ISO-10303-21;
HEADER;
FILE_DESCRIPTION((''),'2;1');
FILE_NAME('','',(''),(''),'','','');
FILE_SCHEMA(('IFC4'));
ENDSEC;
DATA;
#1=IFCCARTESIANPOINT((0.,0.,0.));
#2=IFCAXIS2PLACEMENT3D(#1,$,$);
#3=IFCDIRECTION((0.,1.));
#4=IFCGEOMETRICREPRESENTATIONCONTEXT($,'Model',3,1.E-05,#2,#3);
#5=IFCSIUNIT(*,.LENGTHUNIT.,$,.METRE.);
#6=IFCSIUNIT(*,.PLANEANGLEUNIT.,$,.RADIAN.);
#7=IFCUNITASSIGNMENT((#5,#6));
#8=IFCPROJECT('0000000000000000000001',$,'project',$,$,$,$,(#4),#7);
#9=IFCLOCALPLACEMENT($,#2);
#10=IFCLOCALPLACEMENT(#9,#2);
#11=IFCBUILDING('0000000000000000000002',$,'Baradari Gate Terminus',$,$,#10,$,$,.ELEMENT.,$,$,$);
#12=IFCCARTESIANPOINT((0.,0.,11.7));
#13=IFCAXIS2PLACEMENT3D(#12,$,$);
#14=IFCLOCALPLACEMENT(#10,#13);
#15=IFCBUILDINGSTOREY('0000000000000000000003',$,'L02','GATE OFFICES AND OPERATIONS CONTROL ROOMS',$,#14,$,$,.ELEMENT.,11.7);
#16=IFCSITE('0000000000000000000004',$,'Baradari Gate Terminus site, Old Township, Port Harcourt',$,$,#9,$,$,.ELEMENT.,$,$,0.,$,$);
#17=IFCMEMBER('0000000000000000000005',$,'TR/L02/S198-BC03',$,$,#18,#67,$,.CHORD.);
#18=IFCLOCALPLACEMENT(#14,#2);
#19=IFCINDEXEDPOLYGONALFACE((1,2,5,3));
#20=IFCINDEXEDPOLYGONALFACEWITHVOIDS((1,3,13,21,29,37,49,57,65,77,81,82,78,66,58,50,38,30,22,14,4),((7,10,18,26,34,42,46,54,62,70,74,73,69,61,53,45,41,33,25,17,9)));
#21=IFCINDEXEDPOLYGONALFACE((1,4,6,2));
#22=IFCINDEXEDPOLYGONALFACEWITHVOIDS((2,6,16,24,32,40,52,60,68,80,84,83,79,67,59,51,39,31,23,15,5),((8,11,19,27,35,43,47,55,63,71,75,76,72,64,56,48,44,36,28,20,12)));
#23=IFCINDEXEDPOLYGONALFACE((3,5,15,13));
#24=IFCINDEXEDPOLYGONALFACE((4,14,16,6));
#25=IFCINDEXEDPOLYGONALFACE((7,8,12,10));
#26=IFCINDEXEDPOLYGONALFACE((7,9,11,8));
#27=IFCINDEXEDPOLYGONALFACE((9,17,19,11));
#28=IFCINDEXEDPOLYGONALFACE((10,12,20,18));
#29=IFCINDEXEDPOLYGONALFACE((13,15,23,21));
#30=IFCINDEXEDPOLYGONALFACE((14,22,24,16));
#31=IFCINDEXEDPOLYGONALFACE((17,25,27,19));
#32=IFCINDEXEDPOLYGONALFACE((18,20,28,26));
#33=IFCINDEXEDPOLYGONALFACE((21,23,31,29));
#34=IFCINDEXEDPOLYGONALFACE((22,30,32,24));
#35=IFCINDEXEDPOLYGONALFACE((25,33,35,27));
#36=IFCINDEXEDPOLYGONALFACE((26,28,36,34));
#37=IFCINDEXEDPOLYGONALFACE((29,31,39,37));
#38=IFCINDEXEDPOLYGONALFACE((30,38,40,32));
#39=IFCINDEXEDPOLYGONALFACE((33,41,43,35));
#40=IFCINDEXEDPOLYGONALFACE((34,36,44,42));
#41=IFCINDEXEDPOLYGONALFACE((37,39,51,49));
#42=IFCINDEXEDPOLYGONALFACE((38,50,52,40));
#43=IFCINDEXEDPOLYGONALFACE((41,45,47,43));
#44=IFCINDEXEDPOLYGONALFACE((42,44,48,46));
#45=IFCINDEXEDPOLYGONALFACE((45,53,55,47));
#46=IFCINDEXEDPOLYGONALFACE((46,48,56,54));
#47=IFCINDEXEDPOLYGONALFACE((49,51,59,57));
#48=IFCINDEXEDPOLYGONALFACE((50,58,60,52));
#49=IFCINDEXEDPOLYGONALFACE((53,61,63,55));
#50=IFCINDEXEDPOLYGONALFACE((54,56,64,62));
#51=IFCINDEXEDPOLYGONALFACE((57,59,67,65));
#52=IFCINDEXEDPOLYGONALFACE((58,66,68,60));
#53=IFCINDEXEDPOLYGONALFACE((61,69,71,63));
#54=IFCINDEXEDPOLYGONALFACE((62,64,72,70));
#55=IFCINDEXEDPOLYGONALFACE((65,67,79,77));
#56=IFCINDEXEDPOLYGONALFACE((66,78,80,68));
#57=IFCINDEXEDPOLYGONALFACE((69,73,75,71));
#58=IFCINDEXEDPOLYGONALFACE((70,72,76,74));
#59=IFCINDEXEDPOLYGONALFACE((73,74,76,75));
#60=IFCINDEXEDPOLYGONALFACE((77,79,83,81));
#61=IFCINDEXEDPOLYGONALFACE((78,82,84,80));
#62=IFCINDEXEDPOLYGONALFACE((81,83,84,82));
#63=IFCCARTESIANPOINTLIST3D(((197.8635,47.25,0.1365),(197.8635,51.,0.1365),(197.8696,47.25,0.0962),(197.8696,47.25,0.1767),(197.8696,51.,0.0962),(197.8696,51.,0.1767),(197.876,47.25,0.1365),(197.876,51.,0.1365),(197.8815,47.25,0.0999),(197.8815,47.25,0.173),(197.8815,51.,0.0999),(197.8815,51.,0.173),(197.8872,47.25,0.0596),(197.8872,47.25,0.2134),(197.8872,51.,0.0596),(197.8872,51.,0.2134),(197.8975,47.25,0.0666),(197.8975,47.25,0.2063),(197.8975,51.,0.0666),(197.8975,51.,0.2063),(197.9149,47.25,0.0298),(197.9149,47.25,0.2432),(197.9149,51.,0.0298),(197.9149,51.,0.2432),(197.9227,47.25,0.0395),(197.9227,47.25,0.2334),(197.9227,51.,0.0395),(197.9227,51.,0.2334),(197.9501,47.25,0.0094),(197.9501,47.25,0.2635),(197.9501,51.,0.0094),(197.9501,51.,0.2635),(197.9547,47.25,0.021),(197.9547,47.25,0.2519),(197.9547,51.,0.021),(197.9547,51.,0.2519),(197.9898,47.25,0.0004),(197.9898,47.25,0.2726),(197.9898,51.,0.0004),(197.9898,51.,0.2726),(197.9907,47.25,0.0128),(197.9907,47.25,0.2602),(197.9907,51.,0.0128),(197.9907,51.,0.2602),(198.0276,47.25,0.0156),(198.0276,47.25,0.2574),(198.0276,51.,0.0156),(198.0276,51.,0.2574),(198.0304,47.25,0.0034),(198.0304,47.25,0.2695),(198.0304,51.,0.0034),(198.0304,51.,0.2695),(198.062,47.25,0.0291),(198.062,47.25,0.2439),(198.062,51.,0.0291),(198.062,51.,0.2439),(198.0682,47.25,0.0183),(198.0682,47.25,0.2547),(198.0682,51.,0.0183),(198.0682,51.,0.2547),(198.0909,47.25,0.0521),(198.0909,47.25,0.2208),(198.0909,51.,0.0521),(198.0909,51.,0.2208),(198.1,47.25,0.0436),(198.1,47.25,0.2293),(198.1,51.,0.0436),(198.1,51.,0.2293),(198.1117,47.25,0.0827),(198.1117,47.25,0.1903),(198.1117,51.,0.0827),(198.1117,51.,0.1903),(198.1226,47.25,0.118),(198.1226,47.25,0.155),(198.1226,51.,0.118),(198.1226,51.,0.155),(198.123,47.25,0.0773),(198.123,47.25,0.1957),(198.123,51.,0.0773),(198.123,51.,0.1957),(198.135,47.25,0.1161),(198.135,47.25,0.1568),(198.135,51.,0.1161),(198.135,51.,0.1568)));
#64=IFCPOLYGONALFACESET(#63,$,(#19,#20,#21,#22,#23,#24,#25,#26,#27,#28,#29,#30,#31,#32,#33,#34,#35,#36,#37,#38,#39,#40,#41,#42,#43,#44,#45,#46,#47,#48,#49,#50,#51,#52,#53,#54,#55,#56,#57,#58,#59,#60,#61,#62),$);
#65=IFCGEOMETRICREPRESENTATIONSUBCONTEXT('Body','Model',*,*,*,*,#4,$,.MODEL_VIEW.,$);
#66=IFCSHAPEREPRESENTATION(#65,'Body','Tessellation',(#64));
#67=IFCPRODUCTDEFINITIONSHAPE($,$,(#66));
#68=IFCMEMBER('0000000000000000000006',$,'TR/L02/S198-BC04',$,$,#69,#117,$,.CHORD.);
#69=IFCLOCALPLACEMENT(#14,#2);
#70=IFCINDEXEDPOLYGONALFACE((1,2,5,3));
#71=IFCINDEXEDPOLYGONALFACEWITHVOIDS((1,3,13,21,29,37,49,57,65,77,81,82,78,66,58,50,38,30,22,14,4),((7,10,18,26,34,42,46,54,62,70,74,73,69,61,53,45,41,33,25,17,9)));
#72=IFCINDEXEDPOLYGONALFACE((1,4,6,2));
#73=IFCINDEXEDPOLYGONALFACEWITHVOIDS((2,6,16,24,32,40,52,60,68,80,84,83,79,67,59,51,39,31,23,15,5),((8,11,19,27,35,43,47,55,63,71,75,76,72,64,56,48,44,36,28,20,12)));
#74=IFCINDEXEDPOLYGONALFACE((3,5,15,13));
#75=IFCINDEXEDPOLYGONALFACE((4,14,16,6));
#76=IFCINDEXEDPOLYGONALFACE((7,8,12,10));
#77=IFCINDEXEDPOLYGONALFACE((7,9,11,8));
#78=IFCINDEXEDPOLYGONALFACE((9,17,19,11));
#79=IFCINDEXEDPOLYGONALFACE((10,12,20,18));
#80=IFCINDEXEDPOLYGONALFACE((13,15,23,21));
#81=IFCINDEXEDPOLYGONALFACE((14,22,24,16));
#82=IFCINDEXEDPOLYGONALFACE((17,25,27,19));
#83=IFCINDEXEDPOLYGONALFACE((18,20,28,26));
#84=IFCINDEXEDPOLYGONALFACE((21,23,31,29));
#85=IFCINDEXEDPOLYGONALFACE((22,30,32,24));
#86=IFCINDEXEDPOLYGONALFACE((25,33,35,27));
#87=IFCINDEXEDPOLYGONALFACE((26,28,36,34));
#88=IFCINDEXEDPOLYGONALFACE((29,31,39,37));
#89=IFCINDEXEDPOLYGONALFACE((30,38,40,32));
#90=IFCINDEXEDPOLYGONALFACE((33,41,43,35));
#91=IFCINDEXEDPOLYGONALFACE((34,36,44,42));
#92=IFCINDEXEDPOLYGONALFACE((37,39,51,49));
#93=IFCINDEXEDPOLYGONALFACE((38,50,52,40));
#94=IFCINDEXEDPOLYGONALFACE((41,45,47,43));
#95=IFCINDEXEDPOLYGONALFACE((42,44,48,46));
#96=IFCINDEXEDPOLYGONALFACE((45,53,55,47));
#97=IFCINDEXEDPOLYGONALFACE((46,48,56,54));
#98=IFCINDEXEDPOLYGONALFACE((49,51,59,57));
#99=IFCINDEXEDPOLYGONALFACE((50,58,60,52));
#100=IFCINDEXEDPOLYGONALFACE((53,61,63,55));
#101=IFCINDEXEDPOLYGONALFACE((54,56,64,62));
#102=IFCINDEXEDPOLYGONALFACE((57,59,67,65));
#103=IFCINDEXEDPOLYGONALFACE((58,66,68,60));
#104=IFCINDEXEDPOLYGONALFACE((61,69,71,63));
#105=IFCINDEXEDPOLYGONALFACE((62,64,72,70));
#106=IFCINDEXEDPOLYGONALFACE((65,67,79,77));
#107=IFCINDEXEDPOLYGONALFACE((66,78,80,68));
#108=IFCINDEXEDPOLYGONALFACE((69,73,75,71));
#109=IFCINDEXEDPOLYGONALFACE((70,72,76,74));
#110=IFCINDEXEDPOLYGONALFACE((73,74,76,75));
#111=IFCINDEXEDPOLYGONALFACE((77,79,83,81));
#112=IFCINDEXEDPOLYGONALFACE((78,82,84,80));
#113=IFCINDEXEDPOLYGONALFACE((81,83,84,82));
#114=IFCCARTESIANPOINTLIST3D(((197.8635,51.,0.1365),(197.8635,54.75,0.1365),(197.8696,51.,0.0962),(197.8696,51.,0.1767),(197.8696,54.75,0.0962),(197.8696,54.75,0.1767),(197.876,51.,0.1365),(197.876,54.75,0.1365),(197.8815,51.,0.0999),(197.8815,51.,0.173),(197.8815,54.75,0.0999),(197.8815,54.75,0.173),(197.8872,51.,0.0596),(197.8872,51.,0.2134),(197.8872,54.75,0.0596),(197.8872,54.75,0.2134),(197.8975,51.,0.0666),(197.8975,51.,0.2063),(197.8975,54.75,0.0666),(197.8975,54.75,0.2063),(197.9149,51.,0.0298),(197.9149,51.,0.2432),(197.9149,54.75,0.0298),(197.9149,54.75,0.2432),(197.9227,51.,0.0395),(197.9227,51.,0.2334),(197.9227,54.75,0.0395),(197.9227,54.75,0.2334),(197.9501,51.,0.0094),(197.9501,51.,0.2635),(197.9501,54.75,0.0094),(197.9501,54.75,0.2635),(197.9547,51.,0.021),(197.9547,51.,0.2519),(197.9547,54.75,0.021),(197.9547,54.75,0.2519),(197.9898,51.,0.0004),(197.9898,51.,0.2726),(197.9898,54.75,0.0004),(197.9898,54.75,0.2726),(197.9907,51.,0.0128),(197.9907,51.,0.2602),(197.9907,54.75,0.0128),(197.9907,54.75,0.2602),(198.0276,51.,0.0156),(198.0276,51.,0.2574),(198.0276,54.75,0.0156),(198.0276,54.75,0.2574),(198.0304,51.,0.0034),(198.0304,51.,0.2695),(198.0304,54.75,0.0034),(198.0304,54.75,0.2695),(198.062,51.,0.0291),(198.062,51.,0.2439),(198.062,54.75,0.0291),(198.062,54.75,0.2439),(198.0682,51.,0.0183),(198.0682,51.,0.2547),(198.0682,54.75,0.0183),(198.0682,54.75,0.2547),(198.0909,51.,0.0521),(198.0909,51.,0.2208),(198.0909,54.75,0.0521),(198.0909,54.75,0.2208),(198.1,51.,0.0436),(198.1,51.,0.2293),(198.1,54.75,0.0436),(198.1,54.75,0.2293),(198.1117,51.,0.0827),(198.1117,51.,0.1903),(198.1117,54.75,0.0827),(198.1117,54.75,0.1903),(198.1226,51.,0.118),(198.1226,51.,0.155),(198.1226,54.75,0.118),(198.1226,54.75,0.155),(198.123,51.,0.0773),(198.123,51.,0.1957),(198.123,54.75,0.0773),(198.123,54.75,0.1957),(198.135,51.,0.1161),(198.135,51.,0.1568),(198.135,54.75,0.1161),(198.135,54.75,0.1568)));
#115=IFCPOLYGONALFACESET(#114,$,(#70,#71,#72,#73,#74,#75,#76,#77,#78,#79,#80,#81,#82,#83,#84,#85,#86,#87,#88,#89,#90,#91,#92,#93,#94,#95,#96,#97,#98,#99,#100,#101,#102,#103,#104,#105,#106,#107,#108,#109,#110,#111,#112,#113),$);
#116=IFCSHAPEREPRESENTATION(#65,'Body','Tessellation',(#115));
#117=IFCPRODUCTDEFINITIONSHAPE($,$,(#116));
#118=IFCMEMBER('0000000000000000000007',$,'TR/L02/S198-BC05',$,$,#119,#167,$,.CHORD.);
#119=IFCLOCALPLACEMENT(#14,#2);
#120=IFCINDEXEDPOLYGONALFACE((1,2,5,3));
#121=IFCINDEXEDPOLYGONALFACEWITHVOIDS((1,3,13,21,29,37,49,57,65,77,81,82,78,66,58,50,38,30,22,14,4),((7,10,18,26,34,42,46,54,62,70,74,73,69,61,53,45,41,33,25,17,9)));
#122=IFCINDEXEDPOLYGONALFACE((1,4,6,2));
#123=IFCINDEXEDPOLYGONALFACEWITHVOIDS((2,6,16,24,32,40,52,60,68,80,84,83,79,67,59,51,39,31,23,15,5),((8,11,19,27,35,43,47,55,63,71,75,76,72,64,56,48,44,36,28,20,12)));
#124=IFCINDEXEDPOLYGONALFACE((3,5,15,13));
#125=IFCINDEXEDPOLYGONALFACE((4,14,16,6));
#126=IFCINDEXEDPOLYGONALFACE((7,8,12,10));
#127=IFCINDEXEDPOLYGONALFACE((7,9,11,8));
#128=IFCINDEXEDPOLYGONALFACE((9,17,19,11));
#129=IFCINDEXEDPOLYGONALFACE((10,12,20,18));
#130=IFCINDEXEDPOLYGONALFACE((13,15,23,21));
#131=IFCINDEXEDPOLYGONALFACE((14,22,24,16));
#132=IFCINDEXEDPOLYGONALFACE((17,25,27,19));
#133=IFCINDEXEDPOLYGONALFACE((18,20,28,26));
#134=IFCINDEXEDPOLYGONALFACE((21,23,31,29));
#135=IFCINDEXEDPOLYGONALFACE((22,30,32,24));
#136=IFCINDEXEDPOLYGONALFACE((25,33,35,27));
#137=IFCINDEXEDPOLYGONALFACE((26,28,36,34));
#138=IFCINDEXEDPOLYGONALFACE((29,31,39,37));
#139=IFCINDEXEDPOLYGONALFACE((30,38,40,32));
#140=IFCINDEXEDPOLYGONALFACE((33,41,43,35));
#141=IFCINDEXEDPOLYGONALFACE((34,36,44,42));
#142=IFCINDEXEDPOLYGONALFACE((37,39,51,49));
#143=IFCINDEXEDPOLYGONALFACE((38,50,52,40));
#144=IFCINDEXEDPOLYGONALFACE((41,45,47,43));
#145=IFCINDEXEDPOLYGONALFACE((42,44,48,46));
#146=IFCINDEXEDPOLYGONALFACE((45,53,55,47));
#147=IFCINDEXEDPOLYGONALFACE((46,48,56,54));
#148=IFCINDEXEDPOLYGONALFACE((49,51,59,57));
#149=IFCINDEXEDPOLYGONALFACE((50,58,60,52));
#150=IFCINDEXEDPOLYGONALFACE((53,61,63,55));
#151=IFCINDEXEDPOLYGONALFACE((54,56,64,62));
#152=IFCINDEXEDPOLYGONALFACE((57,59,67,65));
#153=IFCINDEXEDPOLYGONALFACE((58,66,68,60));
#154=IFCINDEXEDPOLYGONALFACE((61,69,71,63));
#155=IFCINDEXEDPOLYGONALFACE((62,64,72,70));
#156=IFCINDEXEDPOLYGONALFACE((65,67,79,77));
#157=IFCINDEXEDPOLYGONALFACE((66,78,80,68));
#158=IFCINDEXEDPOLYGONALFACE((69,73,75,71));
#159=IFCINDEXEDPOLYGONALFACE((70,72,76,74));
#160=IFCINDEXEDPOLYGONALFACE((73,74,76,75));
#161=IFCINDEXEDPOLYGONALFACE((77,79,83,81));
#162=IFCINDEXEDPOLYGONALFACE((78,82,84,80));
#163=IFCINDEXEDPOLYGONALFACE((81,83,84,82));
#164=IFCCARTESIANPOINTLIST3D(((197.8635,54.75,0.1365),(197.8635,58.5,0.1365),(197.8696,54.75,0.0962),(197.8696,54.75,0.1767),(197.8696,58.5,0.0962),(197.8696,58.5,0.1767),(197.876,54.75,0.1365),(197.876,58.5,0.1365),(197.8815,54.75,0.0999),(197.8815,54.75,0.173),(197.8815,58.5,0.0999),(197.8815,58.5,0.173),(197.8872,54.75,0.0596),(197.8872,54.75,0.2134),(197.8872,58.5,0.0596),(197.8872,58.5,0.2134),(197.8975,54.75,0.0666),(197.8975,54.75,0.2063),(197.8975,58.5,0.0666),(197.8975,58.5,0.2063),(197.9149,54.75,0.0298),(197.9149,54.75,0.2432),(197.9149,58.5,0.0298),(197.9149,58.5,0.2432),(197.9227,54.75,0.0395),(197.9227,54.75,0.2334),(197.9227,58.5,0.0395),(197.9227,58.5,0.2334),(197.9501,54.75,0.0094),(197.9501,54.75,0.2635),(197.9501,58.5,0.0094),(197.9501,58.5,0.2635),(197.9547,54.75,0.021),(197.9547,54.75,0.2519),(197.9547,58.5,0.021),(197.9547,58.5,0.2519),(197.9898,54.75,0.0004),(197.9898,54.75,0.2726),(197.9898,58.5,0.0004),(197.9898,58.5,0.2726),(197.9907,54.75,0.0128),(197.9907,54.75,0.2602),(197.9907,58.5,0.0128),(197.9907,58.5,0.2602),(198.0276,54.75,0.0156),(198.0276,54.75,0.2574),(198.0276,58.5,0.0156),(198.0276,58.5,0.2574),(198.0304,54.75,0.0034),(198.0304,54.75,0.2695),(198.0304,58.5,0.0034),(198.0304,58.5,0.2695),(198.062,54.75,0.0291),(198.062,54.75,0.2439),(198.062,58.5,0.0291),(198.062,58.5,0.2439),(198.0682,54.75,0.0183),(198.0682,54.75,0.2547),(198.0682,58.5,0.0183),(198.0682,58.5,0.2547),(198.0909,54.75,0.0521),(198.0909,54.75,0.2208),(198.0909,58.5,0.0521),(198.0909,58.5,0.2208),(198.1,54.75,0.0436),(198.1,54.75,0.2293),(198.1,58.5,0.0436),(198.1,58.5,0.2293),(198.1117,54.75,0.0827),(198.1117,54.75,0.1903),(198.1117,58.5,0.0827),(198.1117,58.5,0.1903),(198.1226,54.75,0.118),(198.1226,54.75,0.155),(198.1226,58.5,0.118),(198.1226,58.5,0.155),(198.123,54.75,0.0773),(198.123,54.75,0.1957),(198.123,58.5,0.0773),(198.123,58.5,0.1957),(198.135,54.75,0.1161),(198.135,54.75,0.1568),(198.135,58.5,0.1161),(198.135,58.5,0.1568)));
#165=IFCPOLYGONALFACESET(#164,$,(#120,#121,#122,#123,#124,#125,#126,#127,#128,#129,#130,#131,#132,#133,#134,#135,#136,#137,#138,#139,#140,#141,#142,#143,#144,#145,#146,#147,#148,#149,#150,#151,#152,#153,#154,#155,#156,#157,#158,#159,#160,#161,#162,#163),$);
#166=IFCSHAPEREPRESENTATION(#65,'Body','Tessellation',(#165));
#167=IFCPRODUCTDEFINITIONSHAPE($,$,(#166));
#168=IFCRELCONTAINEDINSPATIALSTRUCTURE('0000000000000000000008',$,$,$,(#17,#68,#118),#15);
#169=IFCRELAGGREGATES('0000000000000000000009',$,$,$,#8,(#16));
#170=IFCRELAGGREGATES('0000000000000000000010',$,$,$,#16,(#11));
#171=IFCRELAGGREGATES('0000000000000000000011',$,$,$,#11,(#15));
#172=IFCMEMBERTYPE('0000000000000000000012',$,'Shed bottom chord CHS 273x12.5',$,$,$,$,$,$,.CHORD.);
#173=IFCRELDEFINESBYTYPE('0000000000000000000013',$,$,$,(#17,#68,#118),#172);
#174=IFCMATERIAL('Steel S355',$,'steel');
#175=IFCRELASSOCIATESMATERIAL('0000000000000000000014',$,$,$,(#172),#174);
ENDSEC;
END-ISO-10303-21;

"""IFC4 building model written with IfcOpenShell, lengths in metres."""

from ifc_helpers import new_model, si_unit, direction, frame, origin, origin_2d, place, context, subcontext, project, spatial, hollow_circle, extrude, material, material_profile, profile_set, type_object, element, save


model = new_model("IFC4")

# Units and contexts
model_context = context("Model", 3, precision=1e-05, world=origin(), true_north=direction((0.0, 1.0)))
body_context = subcontext(model_context, "Body", "Model", "MODEL_VIEW")
ifc_project = project(units=[si_unit("LENGTHUNIT", "METRE"), si_unit("PLANEANGLEUNIT", "RADIAN")], contexts=[model_context])

# Site, building, storey
site_placement = place(None, origin())
site = spatial("IfcSite", under=ifc_project, at=site_placement, Name="Baradari Gate Terminus site, Old Township, Port Harcourt", CompositionType="ELEMENT", RefElevation=0.0)
building_placement = place(site_placement, origin())
building = spatial("IfcBuilding", under=site, at=building_placement, Name="Baradari Gate Terminus", CompositionType="ELEMENT")
storey_placement = place(building_placement, frame((0.0, 0.0, 11.7)))
storey = spatial("IfcBuildingStorey", under=building, at=storey_placement, Name="L02", Description="GATE OFFICES AND OPERATIONS CONTROL ROOMS", CompositionType="ELEMENT", Elevation=11.7)

# Members
ifc_material_1 = material(Name="Steel S355", Category="steel")
ifc_material_profile_1 = material_profile(ifc_material_1, hollow_circle(Radius=0.1365, WallThickness=0.0125, at=origin_2d()), Name="CHS 273x12.5")
ifc_profile_set_1 = profile_set([ifc_material_profile_1], Name="Steel S355")
member_type_1 = type_object("IfcMemberType", Name="Shed bottom chord CHS 273x12.5", PredefinedType="CHORD", material=ifc_profile_set_1)
for number, where, z_axis, x_axis, name in (
    (1, (198.0, 47.25, 0.1365), (0.0, 1.0, 0.0), (-1.0, 0.0, 0.0), "TR/L02/S198-BC03"),
    (2, (198.0, 51.0, 0.1365), (0.0, 1.0, 0.0), (-1.0, 0.0, 0.0), "TR/L02/S198-BC04"),
    (3, (198.0, 54.75, 0.1365), (0.0, 1.0, 0.0), (-1.0, 0.0, 0.0), "TR/L02/S198-BC05"),
):
    element("IfcMember", number, at=place(storey_placement, frame(where, z_axis=z_axis, x_axis=x_axis)), inside=storey, type_object=member_type_1, Name=name, PredefinedType="CHORD", context=body_context, shape_type="SweptSolid", body=[
        extrude(hollow_circle(Radius=0.1365, WallThickness=0.0125, at=origin_2d()), origin(), (0.0, 0.0, 1.0), 3.75),
    ])

save(model, "model.ifc")
